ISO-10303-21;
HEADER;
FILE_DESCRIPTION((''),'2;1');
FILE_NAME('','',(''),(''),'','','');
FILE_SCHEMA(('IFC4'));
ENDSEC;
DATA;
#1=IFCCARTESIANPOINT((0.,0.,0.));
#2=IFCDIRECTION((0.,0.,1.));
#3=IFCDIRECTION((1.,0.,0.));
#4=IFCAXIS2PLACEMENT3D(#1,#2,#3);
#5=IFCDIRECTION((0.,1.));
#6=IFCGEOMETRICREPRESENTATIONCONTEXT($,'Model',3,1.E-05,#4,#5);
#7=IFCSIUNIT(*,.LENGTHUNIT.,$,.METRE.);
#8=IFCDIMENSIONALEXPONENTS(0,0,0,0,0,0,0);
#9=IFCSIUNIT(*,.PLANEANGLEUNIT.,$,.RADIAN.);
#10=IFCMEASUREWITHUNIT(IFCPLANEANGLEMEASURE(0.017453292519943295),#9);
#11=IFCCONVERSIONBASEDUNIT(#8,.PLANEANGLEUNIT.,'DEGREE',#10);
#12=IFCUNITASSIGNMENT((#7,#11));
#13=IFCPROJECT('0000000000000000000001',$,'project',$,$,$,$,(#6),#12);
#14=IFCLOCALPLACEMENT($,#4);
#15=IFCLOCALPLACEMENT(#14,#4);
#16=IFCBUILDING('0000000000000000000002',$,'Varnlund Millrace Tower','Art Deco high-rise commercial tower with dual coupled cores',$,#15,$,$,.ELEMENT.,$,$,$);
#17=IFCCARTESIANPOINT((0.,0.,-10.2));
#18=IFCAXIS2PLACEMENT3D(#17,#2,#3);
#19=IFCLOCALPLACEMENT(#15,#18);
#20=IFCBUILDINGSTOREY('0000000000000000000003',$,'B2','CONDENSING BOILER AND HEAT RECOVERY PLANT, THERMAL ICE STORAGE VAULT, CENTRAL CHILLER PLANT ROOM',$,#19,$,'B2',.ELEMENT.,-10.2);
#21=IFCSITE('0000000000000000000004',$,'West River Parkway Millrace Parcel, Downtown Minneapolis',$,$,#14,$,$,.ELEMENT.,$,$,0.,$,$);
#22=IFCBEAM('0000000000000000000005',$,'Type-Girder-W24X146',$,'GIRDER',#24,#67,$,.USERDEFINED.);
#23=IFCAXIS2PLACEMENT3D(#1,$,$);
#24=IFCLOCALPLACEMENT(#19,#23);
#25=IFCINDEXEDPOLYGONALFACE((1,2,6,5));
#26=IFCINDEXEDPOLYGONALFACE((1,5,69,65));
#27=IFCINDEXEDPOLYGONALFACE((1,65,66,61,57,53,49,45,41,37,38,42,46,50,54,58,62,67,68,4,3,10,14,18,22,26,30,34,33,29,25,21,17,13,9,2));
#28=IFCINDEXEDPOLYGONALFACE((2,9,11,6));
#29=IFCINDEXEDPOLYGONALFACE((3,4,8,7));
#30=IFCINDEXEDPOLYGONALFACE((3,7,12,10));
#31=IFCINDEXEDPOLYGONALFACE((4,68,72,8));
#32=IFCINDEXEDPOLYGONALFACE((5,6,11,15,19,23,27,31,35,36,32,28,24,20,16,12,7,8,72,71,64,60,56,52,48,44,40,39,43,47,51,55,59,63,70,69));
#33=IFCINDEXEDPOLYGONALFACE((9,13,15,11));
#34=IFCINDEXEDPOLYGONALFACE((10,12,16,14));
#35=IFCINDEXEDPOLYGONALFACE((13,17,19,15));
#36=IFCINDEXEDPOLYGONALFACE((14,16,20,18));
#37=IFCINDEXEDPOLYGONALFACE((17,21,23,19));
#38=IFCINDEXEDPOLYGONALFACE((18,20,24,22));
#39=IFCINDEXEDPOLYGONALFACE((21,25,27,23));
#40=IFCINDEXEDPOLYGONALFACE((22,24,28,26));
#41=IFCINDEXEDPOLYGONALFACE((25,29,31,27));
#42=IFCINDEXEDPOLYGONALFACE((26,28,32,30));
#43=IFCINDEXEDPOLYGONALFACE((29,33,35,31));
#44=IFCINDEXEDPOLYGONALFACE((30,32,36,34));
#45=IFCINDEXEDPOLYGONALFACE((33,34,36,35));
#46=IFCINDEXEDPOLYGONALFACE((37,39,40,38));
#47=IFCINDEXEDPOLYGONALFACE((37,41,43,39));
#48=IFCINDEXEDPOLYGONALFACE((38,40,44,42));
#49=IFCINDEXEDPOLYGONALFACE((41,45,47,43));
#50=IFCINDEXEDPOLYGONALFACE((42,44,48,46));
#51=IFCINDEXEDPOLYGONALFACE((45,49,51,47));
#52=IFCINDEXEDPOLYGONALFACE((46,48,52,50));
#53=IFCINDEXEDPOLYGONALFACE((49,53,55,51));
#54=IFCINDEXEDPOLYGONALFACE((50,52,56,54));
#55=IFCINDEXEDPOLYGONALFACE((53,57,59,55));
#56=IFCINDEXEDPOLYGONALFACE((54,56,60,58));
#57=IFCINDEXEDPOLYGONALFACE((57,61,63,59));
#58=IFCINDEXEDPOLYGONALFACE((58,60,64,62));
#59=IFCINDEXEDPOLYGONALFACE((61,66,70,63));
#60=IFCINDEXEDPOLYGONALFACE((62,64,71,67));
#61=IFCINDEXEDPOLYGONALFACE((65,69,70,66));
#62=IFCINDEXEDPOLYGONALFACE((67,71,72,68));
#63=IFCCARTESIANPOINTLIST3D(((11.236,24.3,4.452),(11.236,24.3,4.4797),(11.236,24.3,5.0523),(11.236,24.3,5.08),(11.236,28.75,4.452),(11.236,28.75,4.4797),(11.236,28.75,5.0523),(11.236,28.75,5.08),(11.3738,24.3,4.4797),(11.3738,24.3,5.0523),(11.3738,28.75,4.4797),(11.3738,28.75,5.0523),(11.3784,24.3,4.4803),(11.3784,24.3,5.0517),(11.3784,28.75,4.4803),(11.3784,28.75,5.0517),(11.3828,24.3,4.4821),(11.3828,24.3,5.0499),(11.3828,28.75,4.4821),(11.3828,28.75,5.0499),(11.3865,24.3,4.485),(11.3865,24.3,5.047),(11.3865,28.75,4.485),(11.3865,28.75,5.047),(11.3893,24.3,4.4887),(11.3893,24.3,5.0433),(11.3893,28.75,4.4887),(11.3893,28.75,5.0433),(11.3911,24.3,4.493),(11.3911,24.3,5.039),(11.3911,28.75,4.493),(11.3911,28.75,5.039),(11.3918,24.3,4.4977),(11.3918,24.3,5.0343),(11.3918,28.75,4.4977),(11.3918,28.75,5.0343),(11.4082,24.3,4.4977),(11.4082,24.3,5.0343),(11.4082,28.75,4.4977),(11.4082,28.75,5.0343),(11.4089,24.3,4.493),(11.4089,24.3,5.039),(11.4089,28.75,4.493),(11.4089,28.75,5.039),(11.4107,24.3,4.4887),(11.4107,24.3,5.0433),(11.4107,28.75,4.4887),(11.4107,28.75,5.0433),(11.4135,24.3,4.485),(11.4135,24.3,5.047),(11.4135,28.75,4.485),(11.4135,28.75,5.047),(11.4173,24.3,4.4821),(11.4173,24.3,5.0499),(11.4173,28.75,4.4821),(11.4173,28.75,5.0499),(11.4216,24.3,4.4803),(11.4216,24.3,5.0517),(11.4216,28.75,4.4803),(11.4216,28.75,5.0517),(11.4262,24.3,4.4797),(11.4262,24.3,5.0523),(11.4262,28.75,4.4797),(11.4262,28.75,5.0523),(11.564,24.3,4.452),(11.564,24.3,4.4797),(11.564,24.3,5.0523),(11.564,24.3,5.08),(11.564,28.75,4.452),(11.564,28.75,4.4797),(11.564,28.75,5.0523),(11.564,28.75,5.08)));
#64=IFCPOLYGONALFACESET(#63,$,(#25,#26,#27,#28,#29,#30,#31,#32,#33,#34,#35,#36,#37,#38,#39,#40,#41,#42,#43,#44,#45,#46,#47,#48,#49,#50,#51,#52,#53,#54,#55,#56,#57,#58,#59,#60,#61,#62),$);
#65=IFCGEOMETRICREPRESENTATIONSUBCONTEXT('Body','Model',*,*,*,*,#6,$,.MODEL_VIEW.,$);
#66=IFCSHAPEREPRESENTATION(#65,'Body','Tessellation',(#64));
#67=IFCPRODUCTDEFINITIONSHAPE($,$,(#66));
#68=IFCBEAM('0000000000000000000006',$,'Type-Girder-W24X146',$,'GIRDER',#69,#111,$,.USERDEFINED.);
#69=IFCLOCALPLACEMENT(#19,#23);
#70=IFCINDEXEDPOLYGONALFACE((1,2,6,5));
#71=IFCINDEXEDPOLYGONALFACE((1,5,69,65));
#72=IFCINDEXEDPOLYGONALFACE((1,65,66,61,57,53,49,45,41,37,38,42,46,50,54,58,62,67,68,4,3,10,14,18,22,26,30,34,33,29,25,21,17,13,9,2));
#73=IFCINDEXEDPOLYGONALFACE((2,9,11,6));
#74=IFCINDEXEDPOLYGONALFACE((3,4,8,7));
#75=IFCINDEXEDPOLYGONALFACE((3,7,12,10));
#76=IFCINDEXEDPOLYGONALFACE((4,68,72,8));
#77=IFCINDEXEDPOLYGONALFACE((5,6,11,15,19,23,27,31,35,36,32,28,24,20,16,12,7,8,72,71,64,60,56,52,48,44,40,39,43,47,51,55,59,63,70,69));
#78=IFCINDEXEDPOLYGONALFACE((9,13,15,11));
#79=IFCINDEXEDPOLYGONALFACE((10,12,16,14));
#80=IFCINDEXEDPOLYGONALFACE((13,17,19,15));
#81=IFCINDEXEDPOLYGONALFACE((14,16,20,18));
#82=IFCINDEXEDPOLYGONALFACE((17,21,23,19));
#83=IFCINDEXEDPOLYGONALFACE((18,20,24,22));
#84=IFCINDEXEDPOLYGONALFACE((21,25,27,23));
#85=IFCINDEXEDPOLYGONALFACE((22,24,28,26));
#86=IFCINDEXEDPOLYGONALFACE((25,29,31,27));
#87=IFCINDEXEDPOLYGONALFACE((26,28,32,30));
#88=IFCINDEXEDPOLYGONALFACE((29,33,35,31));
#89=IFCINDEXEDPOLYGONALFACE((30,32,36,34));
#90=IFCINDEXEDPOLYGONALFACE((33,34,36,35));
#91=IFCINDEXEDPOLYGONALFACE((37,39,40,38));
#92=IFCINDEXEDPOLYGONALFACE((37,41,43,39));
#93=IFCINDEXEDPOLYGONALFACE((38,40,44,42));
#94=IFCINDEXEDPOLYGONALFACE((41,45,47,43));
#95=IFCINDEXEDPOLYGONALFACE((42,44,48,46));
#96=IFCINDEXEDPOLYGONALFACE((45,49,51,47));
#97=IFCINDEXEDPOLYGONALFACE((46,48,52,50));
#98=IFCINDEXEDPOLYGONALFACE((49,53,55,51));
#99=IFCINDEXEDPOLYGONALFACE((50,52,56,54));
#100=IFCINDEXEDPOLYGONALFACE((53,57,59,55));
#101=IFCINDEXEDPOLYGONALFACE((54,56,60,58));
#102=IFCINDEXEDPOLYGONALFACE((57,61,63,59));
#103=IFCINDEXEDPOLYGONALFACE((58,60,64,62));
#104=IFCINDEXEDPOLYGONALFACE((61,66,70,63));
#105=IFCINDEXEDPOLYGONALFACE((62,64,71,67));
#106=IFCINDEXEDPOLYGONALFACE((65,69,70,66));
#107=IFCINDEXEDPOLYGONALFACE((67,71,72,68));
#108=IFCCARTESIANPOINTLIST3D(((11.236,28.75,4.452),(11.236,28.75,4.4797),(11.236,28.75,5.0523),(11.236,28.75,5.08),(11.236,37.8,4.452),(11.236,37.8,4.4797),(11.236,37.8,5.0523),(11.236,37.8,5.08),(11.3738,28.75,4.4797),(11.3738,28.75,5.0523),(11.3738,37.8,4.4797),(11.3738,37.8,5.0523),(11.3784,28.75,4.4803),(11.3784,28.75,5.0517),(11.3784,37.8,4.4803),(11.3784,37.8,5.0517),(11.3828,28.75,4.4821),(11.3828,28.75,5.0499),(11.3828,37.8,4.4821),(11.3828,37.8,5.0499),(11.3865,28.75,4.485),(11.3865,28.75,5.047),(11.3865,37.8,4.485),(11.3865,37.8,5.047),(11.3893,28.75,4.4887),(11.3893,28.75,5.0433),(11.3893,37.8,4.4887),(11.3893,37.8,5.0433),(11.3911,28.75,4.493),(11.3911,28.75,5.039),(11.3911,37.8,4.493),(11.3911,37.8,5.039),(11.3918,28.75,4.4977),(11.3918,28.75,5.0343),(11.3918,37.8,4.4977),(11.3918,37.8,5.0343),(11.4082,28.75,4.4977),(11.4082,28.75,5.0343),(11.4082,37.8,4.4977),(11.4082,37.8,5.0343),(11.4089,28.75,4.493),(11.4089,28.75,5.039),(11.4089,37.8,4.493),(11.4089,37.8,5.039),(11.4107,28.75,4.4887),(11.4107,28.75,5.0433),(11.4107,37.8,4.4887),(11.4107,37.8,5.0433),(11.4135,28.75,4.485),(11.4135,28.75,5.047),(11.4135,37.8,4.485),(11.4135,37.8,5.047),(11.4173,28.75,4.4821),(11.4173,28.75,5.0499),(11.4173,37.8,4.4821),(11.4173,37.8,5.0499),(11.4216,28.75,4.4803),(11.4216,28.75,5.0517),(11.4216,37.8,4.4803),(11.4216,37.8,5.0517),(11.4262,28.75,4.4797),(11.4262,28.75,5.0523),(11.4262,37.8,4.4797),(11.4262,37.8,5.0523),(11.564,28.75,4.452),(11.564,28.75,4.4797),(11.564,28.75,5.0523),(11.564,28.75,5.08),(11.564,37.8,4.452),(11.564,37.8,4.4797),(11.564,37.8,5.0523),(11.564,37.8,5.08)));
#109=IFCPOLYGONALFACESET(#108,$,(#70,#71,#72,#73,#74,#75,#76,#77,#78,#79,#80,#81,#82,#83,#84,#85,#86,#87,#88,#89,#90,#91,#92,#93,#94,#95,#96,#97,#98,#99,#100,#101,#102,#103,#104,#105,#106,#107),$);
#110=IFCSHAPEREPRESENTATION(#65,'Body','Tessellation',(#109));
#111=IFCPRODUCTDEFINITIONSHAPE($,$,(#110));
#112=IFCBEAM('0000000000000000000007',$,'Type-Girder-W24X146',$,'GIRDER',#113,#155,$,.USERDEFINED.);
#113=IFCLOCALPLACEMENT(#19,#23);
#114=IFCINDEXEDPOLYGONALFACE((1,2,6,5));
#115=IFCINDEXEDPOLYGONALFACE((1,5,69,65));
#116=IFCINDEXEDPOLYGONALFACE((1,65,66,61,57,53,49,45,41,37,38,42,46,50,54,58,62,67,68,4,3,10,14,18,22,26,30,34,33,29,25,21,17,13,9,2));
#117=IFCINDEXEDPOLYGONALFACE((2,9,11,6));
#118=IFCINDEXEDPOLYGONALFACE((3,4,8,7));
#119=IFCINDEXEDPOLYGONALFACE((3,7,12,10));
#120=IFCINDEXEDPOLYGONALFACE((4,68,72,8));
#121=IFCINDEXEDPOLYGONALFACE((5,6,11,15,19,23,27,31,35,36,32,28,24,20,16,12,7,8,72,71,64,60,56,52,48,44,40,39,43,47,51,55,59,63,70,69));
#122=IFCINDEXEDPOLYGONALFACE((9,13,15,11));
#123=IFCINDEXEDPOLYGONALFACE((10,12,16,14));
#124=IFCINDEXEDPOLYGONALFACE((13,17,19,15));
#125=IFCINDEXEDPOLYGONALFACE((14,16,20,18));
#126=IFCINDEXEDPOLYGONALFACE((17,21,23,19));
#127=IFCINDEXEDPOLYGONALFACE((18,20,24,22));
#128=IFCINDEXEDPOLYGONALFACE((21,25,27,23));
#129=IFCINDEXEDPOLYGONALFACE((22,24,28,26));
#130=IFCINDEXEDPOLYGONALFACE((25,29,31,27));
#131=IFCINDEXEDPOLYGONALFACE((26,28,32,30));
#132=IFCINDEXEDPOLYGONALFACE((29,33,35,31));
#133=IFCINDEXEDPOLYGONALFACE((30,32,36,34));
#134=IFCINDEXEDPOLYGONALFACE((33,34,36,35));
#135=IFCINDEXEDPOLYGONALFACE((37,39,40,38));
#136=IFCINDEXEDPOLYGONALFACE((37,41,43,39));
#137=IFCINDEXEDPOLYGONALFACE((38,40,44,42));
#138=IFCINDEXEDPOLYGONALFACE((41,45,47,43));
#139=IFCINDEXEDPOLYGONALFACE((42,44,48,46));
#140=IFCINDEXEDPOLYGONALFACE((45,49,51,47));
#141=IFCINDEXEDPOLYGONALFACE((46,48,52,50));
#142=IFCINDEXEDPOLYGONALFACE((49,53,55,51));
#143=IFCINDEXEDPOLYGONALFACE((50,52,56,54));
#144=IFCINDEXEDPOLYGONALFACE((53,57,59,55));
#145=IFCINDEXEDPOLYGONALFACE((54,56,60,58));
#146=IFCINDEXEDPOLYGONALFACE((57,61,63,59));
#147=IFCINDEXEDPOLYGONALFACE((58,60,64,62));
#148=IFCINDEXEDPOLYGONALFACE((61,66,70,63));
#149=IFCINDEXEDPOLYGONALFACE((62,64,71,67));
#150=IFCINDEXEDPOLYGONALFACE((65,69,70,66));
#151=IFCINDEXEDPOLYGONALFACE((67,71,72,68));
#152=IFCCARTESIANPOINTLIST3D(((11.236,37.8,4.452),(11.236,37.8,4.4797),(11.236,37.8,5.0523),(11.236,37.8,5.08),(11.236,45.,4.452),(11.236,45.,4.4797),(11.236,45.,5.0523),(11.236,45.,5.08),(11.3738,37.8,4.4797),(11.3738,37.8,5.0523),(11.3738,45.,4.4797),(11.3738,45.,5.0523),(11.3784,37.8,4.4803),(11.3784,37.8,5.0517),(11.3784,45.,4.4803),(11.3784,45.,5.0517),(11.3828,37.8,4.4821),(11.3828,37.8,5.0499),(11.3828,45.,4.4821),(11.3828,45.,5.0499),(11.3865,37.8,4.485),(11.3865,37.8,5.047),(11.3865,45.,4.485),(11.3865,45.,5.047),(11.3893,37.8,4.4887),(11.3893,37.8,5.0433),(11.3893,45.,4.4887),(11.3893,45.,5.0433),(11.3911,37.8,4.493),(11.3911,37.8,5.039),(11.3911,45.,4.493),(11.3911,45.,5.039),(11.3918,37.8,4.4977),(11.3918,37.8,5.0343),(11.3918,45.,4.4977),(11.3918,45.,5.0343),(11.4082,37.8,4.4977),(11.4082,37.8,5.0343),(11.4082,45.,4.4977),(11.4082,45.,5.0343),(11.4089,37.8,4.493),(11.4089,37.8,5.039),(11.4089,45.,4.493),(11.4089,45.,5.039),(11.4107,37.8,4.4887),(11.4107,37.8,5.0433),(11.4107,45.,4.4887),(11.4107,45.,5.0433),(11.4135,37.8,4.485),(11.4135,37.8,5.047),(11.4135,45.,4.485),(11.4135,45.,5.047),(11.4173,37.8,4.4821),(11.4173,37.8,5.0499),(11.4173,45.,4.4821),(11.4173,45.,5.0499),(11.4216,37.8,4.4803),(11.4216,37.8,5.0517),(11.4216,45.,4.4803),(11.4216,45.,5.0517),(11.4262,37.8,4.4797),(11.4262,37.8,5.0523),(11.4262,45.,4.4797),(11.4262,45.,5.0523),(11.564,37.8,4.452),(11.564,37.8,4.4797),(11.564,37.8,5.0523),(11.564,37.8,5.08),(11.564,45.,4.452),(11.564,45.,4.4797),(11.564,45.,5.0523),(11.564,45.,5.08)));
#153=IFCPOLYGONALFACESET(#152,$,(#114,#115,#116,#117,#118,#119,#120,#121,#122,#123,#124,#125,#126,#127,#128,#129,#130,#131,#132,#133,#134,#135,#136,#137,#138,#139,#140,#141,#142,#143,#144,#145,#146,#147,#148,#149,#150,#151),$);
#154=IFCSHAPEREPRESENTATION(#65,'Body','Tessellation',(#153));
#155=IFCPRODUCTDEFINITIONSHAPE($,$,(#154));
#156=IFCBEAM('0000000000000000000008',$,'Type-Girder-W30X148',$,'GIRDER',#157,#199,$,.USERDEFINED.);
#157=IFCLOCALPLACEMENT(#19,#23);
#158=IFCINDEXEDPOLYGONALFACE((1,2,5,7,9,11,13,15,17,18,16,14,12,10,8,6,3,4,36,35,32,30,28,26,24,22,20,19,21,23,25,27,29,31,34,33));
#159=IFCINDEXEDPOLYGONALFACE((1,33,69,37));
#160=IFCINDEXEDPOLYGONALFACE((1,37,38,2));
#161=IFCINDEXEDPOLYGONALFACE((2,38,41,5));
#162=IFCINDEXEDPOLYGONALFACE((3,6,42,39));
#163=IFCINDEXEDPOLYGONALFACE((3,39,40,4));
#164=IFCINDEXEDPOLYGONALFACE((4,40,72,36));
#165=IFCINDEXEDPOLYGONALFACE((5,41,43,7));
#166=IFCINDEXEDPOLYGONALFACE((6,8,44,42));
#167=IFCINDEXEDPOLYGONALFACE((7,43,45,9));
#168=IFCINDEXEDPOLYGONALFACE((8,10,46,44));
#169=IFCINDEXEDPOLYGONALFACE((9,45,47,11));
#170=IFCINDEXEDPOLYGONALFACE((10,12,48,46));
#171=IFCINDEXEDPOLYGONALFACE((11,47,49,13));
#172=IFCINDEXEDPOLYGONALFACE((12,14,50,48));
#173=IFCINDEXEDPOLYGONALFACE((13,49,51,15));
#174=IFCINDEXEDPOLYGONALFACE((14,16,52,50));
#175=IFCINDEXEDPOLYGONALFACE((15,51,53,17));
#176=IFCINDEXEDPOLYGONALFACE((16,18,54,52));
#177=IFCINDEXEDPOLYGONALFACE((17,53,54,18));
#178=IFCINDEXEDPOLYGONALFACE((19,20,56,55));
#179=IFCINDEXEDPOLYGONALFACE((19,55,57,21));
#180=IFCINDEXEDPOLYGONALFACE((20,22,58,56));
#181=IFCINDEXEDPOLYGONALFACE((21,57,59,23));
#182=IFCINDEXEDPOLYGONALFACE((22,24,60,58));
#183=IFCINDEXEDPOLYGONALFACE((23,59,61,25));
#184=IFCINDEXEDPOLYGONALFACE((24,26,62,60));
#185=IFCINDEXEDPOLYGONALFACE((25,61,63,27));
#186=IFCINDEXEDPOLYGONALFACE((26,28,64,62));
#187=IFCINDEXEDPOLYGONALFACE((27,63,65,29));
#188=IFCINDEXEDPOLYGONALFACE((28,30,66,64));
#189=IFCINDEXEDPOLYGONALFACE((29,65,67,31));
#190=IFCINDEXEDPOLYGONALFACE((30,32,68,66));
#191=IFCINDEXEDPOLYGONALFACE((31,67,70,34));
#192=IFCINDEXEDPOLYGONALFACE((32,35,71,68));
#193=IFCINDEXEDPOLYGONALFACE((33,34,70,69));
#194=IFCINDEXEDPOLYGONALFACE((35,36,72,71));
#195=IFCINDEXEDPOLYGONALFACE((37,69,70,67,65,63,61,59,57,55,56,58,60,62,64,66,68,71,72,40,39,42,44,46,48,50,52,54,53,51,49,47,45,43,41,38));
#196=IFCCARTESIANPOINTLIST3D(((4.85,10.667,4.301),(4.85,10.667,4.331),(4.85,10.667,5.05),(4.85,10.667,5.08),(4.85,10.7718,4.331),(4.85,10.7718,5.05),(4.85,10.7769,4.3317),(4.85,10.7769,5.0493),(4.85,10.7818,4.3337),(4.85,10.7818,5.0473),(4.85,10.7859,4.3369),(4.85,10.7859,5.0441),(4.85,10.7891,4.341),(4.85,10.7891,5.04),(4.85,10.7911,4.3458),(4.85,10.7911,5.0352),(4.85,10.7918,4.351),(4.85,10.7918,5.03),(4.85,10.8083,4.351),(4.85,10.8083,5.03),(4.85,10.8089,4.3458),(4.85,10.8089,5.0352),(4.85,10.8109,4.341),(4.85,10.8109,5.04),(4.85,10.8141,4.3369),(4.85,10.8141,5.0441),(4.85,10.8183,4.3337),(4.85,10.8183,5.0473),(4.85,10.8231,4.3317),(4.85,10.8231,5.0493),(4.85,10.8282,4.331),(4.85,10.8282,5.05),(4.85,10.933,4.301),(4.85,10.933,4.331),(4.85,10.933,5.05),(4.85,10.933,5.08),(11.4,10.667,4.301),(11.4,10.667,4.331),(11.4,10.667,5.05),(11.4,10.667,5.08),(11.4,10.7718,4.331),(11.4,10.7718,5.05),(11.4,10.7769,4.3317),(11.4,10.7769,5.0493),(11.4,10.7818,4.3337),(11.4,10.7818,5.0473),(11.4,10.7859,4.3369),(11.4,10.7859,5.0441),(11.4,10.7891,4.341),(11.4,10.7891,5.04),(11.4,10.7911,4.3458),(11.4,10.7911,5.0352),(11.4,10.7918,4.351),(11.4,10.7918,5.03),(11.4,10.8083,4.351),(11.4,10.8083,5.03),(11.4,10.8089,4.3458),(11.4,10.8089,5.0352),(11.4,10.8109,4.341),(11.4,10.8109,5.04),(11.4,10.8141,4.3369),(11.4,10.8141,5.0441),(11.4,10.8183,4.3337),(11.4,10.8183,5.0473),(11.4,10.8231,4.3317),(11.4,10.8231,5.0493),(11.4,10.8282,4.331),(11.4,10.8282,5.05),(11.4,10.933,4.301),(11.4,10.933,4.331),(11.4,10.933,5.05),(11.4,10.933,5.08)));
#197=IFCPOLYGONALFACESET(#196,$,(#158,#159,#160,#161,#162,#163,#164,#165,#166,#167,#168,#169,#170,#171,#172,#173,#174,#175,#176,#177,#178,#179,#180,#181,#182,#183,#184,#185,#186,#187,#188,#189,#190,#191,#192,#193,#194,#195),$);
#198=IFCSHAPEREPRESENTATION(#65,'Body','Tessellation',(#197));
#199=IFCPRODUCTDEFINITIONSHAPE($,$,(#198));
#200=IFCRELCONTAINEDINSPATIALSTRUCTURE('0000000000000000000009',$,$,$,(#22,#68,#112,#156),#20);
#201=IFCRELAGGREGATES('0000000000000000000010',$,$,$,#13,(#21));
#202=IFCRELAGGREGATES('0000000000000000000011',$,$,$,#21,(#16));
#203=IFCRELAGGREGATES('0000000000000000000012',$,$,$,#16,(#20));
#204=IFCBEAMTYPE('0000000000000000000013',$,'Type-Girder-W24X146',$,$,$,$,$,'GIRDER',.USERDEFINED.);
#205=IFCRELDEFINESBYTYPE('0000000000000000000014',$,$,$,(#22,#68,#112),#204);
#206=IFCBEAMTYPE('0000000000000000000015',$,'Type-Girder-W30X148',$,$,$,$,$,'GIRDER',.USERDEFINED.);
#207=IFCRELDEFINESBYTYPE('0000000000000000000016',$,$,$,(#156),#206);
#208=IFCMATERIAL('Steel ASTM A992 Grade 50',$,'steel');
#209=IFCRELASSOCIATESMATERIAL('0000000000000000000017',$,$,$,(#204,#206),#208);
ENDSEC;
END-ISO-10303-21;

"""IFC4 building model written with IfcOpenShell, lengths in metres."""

from ifc_helpers import new_model, entity, si_unit, converted_unit, direction, frame, origin_with_axes, origin_2d_with_axis, place, context, subcontext, project, spatial, i_section, extrude, material, material_profile, profile_set, type_object, element, save


model = new_model("IFC4")

# Units and contexts
model_context = context("Model", 3, precision=1e-05, world=origin_with_axes(), true_north=direction((0.0, 1.0)))
body_context = subcontext(model_context, "Body", "Model", "MODEL_VIEW")
ifc_project = project(units=[si_unit("LENGTHUNIT", "METRE"), converted_unit("PLANEANGLEUNIT", "DEGREE", entity("IfcPlaneAngleMeasure", 0.017453292519943295), si_unit("PLANEANGLEUNIT", "RADIAN"), dimensions=[0, 0, 0, 0, 0, 0, 0])], contexts=[model_context])

# Site, building, storey
site_placement = place(None, origin_with_axes())
site = spatial("IfcSite", under=ifc_project, at=site_placement, Name="West River Parkway Millrace Parcel, Downtown Minneapolis", CompositionType="ELEMENT", RefElevation=0.0)
building_placement = place(site_placement, origin_with_axes())
building = spatial("IfcBuilding", under=site, at=building_placement, Name="Varnlund Millrace Tower", Description="Art Deco high-rise commercial tower with dual coupled cores", CompositionType="ELEMENT")
storey_placement = place(building_placement, frame((0.0, 0.0, -10.2), z_axis=(0.0, 0.0, 1.0), x_axis=(1.0, 0.0, 0.0)))
storey = spatial("IfcBuildingStorey", under=building, at=storey_placement, Name="B2", Description="CONDENSING BOILER AND HEAT RECOVERY PLANT, THERMAL ICE STORAGE VAULT, CENTRAL CHILLER PLANT ROOM", LongName="B2", CompositionType="ELEMENT", Elevation=-10.2)

# Beams
ifc_material_1 = material(Name="Steel ASTM A992 Grade 50", Category="steel")
ifc_material_profile_1 = material_profile(ifc_material_1, i_section(OverallWidth=0.328, OverallDepth=0.628, WebThickness=0.0165, FlangeThickness=0.0277, FilletRadius=0.018, at=origin_2d_with_axis()), Name="Steel ASTM A992 Grade 50")
ifc_profile_set_1 = profile_set([ifc_material_profile_1], Name="Steel ASTM A992 Grade 50")
beam_type_1 = type_object("IfcBeamType", Name="Type-Girder-W24X146", ElementType="GIRDER", PredefinedType="USERDEFINED", material=ifc_profile_set_1)
beam_1_placement = place(storey_placement, frame((11.4, 24.3, 4.766), z_axis=(0.0, 1.0, 0.0), x_axis=(-1.0, 0.0, 0.0)))
element("IfcBeam", 1, at=beam_1_placement, inside=storey, type_object=beam_type_1, Name="Type-Girder-W24X146", ObjectType="GIRDER", PredefinedType="USERDEFINED", context=body_context, shape_type="SweptSolid", body=[
    extrude(i_section(OverallWidth=0.328, OverallDepth=0.628, WebThickness=0.0165, FlangeThickness=0.0277, FilletRadius=0.018, at=origin_2d_with_axis()), origin_with_axes(), (0.0, 0.0, 1.0), 4.45),
])
beam_2_placement = place(storey_placement, frame((11.4, 28.75, 4.766), z_axis=(0.0, 1.0, 0.0), x_axis=(-1.0, 0.0, 0.0)))
element("IfcBeam", 2, at=beam_2_placement, inside=storey, type_object=beam_type_1, Name="Type-Girder-W24X146", ObjectType="GIRDER", PredefinedType="USERDEFINED", context=body_context, shape_type="SweptSolid", body=[
    extrude(i_section(OverallWidth=0.328, OverallDepth=0.628, WebThickness=0.0165, FlangeThickness=0.0277, FilletRadius=0.018, at=origin_2d_with_axis()), origin_with_axes(), (0.0, 0.0, 1.0), 9.05),
])
beam_3_placement = place(storey_placement, frame((11.4, 37.8, 4.766), z_axis=(0.0, 1.0, 0.0), x_axis=(-1.0, 0.0, 0.0)))
element("IfcBeam", 3, at=beam_3_placement, inside=storey, type_object=beam_type_1, Name="Type-Girder-W24X146", ObjectType="GIRDER", PredefinedType="USERDEFINED", context=body_context, shape_type="SweptSolid", body=[
    extrude(i_section(OverallWidth=0.328, OverallDepth=0.628, WebThickness=0.0165, FlangeThickness=0.0277, FilletRadius=0.018, at=origin_2d_with_axis()), origin_with_axes(), (0.0, 0.0, 1.0), 7.2),
])
ifc_material_profile_2 = material_profile(ifc_material_1, i_section(OverallWidth=0.266, OverallDepth=0.779, WebThickness=0.0165, FlangeThickness=0.03, FilletRadius=0.02, at=origin_2d_with_axis()), Name="Steel ASTM A992 Grade 50")
ifc_profile_set_2 = profile_set([ifc_material_profile_2], Name="Steel ASTM A992 Grade 50")
beam_type_2 = type_object("IfcBeamType", Name="Type-Girder-W30X148", ElementType="GIRDER", PredefinedType="USERDEFINED", material=ifc_profile_set_2)
beam_4_placement = place(storey_placement, frame((4.85, 10.8, 4.6905), z_axis=(1.0, 0.0, 0.0), x_axis=(0.0, 1.0, 0.0)))
element("IfcBeam", 4, at=beam_4_placement, inside=storey, type_object=beam_type_2, Name="Type-Girder-W30X148", ObjectType="GIRDER", PredefinedType="USERDEFINED", context=body_context, shape_type="SweptSolid", body=[
    extrude(i_section(OverallWidth=0.266, OverallDepth=0.779, WebThickness=0.0165, FlangeThickness=0.03, FilletRadius=0.02, at=origin_2d_with_axis()), origin_with_axes(), (0.0, 0.0, 1.0), 6.55),
])

save(model, "model.ifc")
